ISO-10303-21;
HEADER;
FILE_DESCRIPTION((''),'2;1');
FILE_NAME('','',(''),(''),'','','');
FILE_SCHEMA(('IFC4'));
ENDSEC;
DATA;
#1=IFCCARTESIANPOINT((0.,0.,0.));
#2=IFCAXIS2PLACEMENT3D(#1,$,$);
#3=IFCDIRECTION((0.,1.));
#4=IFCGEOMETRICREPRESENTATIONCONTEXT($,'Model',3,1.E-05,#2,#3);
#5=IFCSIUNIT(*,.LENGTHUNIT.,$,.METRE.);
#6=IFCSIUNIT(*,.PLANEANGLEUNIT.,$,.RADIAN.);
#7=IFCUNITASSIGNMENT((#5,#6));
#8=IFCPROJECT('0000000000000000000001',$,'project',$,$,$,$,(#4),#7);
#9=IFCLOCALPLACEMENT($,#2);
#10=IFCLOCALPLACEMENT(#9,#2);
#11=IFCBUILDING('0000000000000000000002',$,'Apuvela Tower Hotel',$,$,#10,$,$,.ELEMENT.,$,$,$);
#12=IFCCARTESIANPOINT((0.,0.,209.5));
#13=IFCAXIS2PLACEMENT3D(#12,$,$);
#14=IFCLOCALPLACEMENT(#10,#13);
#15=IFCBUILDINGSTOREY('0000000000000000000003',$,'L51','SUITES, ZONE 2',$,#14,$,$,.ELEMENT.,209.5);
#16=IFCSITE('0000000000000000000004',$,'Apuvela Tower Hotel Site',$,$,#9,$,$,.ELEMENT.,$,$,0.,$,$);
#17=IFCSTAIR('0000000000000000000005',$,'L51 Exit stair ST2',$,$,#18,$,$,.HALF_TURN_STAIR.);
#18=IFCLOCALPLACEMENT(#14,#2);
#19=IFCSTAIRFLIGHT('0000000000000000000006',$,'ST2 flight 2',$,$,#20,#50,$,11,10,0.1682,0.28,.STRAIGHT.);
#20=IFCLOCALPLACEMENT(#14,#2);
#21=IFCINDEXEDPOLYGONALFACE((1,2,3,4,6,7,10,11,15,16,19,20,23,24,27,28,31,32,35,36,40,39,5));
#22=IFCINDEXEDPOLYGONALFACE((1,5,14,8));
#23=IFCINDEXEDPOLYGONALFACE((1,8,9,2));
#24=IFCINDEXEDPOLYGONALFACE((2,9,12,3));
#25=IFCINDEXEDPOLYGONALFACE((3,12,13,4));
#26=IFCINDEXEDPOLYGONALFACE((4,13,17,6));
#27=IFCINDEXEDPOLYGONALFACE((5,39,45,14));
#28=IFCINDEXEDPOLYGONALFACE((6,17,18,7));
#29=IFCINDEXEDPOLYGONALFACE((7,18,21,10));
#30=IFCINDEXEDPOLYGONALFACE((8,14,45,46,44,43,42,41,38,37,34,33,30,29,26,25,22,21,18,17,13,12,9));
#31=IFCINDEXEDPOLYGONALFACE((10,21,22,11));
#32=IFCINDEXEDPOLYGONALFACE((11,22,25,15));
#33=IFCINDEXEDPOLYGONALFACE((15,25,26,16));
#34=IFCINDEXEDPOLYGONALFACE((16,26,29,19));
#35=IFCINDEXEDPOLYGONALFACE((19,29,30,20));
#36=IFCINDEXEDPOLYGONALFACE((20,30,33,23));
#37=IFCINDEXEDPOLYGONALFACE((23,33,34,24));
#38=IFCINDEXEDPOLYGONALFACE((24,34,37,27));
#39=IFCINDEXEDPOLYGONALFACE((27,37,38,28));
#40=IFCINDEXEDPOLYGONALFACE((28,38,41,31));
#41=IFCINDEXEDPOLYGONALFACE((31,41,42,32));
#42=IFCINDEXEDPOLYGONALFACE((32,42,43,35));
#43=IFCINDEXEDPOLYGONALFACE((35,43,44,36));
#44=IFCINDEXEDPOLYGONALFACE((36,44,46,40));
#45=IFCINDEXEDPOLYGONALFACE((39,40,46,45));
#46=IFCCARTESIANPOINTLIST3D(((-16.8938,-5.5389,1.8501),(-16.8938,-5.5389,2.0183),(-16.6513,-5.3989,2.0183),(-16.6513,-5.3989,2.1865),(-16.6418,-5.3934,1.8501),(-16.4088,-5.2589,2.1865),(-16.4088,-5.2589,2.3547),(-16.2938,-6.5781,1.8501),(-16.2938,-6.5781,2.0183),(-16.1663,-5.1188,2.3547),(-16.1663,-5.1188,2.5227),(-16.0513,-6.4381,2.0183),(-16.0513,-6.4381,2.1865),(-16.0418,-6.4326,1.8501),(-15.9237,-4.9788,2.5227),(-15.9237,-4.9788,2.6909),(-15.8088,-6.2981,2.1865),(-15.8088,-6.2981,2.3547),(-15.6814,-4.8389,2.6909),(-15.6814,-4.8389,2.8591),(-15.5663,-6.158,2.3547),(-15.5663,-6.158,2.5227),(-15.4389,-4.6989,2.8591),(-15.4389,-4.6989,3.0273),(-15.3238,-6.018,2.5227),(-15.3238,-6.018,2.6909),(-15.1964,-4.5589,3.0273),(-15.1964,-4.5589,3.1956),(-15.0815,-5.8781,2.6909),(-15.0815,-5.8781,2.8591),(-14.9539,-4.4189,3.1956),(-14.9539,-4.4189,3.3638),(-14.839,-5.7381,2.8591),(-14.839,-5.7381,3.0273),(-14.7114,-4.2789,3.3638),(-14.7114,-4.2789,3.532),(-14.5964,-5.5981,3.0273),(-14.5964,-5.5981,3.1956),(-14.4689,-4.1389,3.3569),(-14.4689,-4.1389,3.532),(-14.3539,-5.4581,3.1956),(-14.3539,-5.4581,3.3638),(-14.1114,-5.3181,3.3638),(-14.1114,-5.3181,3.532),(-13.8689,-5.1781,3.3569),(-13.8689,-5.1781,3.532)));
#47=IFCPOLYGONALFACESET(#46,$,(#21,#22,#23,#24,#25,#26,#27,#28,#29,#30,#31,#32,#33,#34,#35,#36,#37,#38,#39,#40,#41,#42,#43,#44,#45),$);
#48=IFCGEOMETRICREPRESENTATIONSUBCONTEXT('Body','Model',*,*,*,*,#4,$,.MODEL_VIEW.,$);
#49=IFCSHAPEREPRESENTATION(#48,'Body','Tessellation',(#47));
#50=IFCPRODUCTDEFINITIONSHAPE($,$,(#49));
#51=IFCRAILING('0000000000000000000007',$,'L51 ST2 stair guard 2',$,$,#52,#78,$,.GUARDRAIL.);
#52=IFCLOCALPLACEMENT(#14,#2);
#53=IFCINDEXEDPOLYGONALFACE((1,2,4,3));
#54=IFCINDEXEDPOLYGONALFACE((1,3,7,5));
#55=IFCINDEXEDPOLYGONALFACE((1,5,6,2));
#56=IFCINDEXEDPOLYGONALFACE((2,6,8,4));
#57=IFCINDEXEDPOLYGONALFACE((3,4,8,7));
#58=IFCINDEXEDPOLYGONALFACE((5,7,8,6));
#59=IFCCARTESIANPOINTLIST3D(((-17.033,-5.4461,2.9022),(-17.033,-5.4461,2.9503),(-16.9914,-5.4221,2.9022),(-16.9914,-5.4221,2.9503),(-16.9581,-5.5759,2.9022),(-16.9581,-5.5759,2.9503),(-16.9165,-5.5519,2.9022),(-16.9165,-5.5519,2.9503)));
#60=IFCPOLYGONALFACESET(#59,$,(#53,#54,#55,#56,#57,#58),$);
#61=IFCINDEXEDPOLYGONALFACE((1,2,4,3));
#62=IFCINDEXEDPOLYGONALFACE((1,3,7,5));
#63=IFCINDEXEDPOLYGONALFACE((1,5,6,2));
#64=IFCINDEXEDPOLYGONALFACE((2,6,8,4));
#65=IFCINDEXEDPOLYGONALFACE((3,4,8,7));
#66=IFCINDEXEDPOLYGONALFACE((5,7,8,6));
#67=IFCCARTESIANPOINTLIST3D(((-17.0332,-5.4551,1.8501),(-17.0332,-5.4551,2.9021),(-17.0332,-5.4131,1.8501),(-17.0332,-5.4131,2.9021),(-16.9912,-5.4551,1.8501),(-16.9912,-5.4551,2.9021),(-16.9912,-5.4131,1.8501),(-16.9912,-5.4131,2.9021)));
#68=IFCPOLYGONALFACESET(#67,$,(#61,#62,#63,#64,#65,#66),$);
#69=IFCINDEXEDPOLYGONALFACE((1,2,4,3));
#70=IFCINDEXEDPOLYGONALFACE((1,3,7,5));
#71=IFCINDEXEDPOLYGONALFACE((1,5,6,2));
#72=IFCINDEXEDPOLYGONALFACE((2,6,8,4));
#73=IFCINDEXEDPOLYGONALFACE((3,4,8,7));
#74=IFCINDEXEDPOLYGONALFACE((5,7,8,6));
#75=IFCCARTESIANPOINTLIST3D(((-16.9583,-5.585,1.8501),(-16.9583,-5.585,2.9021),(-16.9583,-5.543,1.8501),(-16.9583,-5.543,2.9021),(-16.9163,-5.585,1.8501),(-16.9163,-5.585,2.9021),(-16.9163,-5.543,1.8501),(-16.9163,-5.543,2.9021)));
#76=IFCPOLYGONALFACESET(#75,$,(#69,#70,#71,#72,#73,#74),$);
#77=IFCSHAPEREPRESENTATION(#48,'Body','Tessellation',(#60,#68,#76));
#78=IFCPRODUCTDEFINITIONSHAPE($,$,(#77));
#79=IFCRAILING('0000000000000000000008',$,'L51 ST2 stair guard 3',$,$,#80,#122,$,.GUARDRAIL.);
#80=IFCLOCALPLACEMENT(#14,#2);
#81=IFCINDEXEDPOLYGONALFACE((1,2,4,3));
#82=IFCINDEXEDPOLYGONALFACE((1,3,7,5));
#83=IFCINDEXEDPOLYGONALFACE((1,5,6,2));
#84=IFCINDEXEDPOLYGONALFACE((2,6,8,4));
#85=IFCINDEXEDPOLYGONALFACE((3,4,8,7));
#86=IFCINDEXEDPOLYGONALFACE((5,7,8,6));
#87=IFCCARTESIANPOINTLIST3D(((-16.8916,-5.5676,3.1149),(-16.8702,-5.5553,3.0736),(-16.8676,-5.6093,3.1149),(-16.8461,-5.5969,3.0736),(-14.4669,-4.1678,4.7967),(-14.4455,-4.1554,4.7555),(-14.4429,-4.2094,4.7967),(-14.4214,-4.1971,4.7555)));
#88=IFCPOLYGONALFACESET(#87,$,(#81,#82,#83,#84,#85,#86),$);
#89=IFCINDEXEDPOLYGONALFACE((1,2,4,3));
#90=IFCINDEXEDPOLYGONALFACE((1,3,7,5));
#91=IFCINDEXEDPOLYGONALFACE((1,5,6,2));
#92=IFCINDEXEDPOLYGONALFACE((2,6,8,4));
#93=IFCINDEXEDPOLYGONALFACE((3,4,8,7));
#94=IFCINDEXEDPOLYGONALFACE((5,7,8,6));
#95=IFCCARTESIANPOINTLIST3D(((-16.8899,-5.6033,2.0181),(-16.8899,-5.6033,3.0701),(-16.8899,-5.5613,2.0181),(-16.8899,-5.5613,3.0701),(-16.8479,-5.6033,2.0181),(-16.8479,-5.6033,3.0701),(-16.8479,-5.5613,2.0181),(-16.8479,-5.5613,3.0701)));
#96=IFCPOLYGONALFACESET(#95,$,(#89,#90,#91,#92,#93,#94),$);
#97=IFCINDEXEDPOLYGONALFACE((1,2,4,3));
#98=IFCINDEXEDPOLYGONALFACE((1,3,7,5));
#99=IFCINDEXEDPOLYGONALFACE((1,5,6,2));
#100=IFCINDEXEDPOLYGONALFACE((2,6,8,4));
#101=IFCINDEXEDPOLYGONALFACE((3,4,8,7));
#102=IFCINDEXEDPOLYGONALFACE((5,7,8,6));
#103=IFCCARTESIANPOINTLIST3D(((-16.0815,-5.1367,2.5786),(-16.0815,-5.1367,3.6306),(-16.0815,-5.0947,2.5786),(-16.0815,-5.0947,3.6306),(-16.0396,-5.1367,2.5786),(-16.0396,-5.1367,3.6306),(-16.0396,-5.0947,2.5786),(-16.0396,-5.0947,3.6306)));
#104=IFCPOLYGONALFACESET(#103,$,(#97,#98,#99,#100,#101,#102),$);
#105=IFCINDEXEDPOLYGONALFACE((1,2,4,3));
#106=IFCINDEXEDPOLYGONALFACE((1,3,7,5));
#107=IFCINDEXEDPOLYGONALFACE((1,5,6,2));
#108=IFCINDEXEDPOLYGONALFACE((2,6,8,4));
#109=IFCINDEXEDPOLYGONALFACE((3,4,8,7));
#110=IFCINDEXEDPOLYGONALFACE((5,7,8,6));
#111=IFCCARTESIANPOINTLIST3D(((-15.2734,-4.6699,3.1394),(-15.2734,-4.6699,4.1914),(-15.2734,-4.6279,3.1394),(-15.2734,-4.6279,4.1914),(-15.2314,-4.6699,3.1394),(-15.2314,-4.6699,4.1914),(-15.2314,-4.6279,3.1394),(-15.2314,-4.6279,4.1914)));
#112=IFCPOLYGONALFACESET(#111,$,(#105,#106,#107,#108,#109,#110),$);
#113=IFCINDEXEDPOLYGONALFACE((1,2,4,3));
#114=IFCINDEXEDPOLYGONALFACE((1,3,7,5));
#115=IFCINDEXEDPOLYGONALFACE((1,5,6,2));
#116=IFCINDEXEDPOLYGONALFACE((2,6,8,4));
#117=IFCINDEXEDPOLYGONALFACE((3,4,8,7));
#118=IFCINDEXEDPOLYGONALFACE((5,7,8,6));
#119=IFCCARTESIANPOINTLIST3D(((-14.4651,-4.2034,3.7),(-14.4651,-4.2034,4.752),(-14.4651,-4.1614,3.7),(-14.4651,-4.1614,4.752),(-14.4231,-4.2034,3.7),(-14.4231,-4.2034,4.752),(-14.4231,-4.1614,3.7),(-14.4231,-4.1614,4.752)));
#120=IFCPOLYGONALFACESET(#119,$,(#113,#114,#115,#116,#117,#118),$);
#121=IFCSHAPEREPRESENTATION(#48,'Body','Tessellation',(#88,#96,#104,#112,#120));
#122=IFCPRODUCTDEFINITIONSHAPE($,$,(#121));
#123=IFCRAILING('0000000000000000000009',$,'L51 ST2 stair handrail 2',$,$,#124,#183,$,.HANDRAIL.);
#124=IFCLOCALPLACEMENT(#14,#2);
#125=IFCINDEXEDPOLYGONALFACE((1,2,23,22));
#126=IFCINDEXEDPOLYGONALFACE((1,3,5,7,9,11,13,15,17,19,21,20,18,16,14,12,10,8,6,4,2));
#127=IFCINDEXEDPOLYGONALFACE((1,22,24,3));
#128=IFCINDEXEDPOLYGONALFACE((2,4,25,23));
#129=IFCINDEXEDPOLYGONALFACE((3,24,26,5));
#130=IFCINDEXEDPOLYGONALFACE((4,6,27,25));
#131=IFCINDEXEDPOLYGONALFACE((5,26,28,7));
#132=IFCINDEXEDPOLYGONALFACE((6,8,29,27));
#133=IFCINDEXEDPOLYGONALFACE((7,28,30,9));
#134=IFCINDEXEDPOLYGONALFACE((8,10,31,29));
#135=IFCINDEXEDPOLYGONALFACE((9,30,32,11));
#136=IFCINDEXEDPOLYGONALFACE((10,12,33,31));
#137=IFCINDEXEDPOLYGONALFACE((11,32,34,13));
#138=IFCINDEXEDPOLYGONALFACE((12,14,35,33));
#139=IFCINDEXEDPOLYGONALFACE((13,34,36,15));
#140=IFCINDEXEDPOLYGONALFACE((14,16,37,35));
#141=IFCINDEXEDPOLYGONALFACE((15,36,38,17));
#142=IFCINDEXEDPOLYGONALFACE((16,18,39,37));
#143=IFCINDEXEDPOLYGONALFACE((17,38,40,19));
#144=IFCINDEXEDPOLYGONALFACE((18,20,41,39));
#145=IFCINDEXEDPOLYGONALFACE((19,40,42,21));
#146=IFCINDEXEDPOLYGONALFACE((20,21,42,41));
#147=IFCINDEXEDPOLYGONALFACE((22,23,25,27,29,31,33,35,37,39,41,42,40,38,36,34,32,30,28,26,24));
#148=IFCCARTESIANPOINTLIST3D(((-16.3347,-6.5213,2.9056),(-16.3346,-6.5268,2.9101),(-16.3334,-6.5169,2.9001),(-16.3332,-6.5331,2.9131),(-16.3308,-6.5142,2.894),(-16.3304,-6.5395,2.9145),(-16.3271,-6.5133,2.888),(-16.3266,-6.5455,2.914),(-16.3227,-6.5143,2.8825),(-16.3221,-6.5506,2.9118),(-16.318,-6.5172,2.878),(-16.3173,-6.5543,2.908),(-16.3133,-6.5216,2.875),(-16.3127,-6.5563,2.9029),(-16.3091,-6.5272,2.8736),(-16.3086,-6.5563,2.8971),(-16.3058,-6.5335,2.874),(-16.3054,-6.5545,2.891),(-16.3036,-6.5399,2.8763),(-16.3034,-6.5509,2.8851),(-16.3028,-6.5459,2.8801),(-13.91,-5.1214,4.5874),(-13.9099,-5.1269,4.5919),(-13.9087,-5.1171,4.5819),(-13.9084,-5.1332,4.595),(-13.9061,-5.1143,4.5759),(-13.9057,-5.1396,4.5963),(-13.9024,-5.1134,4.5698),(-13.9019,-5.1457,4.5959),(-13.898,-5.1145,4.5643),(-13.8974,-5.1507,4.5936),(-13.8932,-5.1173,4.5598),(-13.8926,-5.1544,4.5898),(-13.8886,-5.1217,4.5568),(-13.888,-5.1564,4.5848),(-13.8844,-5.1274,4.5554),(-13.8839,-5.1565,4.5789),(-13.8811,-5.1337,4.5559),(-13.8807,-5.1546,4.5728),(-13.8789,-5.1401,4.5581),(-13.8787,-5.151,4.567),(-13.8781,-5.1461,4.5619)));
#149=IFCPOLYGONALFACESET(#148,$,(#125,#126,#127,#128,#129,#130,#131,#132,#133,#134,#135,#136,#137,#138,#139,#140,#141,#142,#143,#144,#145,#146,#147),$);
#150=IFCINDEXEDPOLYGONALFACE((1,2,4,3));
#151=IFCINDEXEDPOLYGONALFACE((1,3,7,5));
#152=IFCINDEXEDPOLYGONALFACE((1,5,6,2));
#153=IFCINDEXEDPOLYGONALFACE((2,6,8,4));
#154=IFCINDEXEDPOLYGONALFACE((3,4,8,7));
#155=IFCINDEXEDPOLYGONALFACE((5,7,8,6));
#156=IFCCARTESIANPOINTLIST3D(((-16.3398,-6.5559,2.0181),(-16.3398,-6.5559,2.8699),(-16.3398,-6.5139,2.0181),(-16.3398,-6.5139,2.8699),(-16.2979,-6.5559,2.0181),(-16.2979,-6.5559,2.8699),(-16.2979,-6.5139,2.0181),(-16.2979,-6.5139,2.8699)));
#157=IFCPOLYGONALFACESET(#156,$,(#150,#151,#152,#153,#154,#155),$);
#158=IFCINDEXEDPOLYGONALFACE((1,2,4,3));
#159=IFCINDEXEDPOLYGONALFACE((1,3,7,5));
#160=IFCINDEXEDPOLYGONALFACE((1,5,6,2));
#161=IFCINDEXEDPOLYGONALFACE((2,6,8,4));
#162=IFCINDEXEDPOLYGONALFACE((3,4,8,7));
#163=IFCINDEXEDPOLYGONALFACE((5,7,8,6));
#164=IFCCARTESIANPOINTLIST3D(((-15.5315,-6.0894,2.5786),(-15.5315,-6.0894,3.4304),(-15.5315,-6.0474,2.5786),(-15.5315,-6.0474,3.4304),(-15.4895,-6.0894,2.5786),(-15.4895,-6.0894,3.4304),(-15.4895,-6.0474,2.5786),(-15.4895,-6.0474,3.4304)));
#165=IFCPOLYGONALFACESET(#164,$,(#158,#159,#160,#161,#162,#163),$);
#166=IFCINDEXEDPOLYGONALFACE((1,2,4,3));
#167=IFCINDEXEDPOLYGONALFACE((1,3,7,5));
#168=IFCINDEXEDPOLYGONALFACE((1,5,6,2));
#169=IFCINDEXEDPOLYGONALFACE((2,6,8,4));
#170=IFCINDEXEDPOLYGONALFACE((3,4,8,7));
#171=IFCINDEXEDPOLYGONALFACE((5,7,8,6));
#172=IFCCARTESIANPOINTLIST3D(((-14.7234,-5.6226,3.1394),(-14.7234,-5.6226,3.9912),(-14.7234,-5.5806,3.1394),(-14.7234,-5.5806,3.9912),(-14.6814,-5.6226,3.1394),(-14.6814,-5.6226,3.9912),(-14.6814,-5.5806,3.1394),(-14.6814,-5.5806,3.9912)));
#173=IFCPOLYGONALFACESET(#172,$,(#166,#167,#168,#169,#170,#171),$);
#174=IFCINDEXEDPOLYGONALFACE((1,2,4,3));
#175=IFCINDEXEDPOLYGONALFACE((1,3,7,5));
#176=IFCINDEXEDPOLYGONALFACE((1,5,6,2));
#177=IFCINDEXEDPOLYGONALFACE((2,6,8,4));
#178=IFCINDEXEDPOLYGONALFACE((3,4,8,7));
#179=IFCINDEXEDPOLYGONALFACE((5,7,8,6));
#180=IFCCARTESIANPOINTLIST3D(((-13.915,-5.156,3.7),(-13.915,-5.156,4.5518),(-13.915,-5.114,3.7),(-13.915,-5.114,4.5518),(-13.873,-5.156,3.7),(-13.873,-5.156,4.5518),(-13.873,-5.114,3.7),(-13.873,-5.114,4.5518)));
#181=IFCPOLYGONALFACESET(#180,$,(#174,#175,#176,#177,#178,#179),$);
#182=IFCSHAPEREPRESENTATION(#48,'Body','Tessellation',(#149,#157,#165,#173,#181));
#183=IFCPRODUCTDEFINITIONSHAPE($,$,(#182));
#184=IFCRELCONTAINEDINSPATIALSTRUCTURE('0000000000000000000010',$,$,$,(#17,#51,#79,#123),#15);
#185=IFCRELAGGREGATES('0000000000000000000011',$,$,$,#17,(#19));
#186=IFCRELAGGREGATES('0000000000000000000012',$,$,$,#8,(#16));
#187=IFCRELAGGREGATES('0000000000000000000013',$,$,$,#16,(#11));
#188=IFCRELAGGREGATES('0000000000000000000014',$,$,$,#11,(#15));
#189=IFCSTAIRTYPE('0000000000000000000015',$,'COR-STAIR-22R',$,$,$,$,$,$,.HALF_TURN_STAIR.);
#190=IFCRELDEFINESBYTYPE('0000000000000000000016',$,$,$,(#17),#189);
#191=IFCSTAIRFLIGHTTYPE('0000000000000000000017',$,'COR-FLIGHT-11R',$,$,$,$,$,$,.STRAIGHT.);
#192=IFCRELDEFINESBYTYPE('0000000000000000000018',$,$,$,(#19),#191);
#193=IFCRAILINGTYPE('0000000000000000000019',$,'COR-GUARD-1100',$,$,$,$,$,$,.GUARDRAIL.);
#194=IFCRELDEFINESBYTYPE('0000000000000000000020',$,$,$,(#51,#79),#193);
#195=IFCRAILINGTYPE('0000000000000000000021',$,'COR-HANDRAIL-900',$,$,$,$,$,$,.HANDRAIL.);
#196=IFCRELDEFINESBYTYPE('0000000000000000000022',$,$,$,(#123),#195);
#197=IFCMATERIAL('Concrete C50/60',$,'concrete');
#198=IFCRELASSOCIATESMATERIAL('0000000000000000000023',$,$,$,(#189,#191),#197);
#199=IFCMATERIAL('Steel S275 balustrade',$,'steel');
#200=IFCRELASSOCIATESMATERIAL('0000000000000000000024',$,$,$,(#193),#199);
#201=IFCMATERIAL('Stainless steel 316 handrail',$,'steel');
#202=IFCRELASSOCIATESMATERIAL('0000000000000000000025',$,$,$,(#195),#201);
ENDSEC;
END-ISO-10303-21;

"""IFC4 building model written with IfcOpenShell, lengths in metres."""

from ifc_helpers import new_model, si_unit, direction, frame, origin, origin_2d, place, context, subcontext, project, spatial, polyline, rectangle, circle, outline, extrude, material, type_object, element, aggregate, save


model = new_model("IFC4")

# Units and contexts
model_context = context("Model", 3, precision=1e-05, world=origin(), true_north=direction((0.0, 1.0)))
body_context = subcontext(model_context, "Body", "Model", "MODEL_VIEW")
ifc_project = project(units=[si_unit("LENGTHUNIT", "METRE"), si_unit("PLANEANGLEUNIT", "RADIAN")], contexts=[model_context])

# Site, building, storey
site_placement = place(None, origin())
site = spatial("IfcSite", under=ifc_project, at=site_placement, Name="Apuvela Tower Hotel Site", CompositionType="ELEMENT", RefElevation=0.0)
building_placement = place(site_placement, origin())
building = spatial("IfcBuilding", under=site, at=building_placement, Name="Apuvela Tower Hotel", CompositionType="ELEMENT")
storey_placement = place(building_placement, frame((0.0, 0.0, 209.5)))
storey = spatial("IfcBuildingStorey", under=building, at=storey_placement, Name="L51", Description="SUITES, ZONE 2", CompositionType="ELEMENT", Elevation=209.5)

# Shared definitions
ifc_material_1 = material(Name="Concrete C50/60", Category="concrete")

# Stair, stair flight
stair_type = type_object("IfcStairType", Name="COR-STAIR-22R", PredefinedType="HALF_TURN_STAIR", material=ifc_material_1)
stair_placement = place(storey_placement, origin())
stair = element("IfcStair", 1, at=stair_placement, inside=storey, type_object=stair_type, Name="L51 Exit stair ST2", PredefinedType="HALF_TURN_STAIR")
stair_flight_type = type_object("IfcStairFlightType", Name="COR-FLIGHT-11R", PredefinedType="STRAIGHT", material=ifc_material_1)
stair_flight_placement = place(storey_placement, frame((-16.5938, -6.0586, 1.8501), z_axis=(0.0, 0.0, 1.0), x_axis=(0.866025, 0.5, 0.0)))
stair_flight = element("IfcStairFlight", 2, at=stair_flight_placement, type_object=stair_flight_type, Name="ST2 flight 2", NumberOfRisers=11, NumberOfTreads=10, PredefinedType="STRAIGHT", RiserHeight=0.1682, TreadLength=0.28, context=body_context, shape_type="SweptSolid", body=[
    extrude(outline(polyline([(0.0, 0.0), (0.0, 0.1682), (0.28, 0.1682), (0.28, 0.3364), (0.5601, 0.3364), (0.5601, 0.5046), (0.8401, 0.5046), (0.8401, 0.6726), (1.1201, 0.6726), (1.1201, 0.8408), (1.3999, 0.8408), (1.3999, 1.009), (1.6799, 1.009), (1.6799, 1.1772), (1.96, 1.1772), (1.96, 1.3455), (2.24, 1.3455), (2.24, 1.5137), (2.52, 1.5137), (2.52, 1.6819), (2.8, 1.6819), (2.8, 1.8501), (2.8, 1.5068), (0.291, 0.0), (0.0, 0.0)])), frame((0.0, 0.6001, 0.0), z_axis=(0.0, -1.0, 0.0), x_axis=(1.0, 0.0, 0.0)), (0.0, 0.0, 1.0), 1.2),
])
aggregate(stair, [stair_flight])

# Railings
ifc_material_2 = material(Name="Steel S275 balustrade", Category="steel")
railing_type_1 = type_object("IfcRailingType", Name="COR-GUARD-1100", PredefinedType="GUARDRAIL", material=ifc_material_2)
railing_1_placement = place(storey_placement, frame((-17.0122, -5.4341, 1.8501)))
element("IfcRailing", 3, at=railing_1_placement, inside=storey, type_object=railing_type_1, Name="L51 ST2 stair guard 2", PredefinedType="GUARDRAIL", context=body_context, shape_type="SweptSolid", body=[
    extrude(rectangle(XDim=0.0481, YDim=0.0481, at=origin_2d()), frame((0.0, 0.0, 1.0762), z_axis=(0.499816, -0.866131, 0.0), x_axis=(0.866131, 0.499816, 0.0)), (0.0, 0.0, 1.0), 0.1499),
    extrude(rectangle(XDim=0.042, YDim=0.042, at=origin_2d()), origin(), (0.0, 0.0, 1.0), 1.052),
    extrude(rectangle(XDim=0.042, YDim=0.042, at=origin_2d()), frame((0.075, -0.1299, 0.0)), (0.0, 0.0, 1.0), 1.052),
])
railing_2_placement = place(storey_placement, frame((-16.8689, -5.5823, 2.0181)))
element("IfcRailing", 4, at=railing_2_placement, inside=storey, type_object=railing_type_1, Name="L51 ST2 stair guard 3", PredefinedType="GUARDRAIL", context=body_context, shape_type="SweptSolid", body=[
    extrude(rectangle(XDim=0.0481, YDim=0.0481, at=origin_2d()), frame((0.0, 0.0, 1.0762), z_axis=(0.74239, 0.428601, 0.514934), x_axis=(-0.499984, 0.866035, 0.0)), (0.0, 0.0, 1.0), 3.2661),
    extrude(rectangle(XDim=0.042, YDim=0.042, at=origin_2d()), origin(), (0.0, 0.0, 1.0), 1.052),
    extrude(rectangle(XDim=0.042, YDim=0.042, at=origin_2d()), frame((0.8083, 0.4666, 0.5605)), (0.0, 0.0, 1.0), 1.052),
    extrude(rectangle(XDim=0.042, YDim=0.042, at=origin_2d()), frame((1.6165, 0.9333, 1.1213)), (0.0, 0.0, 1.0), 1.052),
    extrude(rectangle(XDim=0.042, YDim=0.042, at=origin_2d()), frame((2.4248, 1.3999, 1.6819)), (0.0, 0.0, 1.0), 1.052),
])
ifc_material_3 = material(Name="Stainless steel 316 handrail", Category="steel")
railing_type_2 = type_object("IfcRailingType", Name="COR-HANDRAIL-900", PredefinedType="HANDRAIL", material=ifc_material_3)
railing_3_placement = place(storey_placement, frame((-16.3188, -6.5349, 2.0181)))
element("IfcRailing", 5, at=railing_3_placement, inside=storey, type_object=railing_type_2, Name="L51 ST2 stair handrail 2", PredefinedType="HANDRAIL", context=body_context, shape_type="SweptSolid", body=[
    extrude(circle(Radius=0.0239, at=origin_2d()), frame((0.0, 0.0, 0.876), z_axis=(0.74239, 0.428601, 0.514934), x_axis=(-0.499984, 0.866035, 0.0)), (0.0, 0.0, 1.0), 3.2661),
    extrude(rectangle(XDim=0.042, YDim=0.042, at=origin_2d()), origin(), (0.0, 0.0, 1.0), 0.8518),
    extrude(rectangle(XDim=0.042, YDim=0.042, at=origin_2d()), frame((0.8083, 0.4666, 0.5605)), (0.0, 0.0, 1.0), 0.8518),
    extrude(rectangle(XDim=0.042, YDim=0.042, at=origin_2d()), frame((1.6165, 0.9333, 1.1213)), (0.0, 0.0, 1.0), 0.8518),
    extrude(rectangle(XDim=0.042, YDim=0.042, at=origin_2d()), frame((2.4248, 1.3999, 1.6819)), (0.0, 0.0, 1.0), 0.8518),
])

save(model, "model.ifc")
